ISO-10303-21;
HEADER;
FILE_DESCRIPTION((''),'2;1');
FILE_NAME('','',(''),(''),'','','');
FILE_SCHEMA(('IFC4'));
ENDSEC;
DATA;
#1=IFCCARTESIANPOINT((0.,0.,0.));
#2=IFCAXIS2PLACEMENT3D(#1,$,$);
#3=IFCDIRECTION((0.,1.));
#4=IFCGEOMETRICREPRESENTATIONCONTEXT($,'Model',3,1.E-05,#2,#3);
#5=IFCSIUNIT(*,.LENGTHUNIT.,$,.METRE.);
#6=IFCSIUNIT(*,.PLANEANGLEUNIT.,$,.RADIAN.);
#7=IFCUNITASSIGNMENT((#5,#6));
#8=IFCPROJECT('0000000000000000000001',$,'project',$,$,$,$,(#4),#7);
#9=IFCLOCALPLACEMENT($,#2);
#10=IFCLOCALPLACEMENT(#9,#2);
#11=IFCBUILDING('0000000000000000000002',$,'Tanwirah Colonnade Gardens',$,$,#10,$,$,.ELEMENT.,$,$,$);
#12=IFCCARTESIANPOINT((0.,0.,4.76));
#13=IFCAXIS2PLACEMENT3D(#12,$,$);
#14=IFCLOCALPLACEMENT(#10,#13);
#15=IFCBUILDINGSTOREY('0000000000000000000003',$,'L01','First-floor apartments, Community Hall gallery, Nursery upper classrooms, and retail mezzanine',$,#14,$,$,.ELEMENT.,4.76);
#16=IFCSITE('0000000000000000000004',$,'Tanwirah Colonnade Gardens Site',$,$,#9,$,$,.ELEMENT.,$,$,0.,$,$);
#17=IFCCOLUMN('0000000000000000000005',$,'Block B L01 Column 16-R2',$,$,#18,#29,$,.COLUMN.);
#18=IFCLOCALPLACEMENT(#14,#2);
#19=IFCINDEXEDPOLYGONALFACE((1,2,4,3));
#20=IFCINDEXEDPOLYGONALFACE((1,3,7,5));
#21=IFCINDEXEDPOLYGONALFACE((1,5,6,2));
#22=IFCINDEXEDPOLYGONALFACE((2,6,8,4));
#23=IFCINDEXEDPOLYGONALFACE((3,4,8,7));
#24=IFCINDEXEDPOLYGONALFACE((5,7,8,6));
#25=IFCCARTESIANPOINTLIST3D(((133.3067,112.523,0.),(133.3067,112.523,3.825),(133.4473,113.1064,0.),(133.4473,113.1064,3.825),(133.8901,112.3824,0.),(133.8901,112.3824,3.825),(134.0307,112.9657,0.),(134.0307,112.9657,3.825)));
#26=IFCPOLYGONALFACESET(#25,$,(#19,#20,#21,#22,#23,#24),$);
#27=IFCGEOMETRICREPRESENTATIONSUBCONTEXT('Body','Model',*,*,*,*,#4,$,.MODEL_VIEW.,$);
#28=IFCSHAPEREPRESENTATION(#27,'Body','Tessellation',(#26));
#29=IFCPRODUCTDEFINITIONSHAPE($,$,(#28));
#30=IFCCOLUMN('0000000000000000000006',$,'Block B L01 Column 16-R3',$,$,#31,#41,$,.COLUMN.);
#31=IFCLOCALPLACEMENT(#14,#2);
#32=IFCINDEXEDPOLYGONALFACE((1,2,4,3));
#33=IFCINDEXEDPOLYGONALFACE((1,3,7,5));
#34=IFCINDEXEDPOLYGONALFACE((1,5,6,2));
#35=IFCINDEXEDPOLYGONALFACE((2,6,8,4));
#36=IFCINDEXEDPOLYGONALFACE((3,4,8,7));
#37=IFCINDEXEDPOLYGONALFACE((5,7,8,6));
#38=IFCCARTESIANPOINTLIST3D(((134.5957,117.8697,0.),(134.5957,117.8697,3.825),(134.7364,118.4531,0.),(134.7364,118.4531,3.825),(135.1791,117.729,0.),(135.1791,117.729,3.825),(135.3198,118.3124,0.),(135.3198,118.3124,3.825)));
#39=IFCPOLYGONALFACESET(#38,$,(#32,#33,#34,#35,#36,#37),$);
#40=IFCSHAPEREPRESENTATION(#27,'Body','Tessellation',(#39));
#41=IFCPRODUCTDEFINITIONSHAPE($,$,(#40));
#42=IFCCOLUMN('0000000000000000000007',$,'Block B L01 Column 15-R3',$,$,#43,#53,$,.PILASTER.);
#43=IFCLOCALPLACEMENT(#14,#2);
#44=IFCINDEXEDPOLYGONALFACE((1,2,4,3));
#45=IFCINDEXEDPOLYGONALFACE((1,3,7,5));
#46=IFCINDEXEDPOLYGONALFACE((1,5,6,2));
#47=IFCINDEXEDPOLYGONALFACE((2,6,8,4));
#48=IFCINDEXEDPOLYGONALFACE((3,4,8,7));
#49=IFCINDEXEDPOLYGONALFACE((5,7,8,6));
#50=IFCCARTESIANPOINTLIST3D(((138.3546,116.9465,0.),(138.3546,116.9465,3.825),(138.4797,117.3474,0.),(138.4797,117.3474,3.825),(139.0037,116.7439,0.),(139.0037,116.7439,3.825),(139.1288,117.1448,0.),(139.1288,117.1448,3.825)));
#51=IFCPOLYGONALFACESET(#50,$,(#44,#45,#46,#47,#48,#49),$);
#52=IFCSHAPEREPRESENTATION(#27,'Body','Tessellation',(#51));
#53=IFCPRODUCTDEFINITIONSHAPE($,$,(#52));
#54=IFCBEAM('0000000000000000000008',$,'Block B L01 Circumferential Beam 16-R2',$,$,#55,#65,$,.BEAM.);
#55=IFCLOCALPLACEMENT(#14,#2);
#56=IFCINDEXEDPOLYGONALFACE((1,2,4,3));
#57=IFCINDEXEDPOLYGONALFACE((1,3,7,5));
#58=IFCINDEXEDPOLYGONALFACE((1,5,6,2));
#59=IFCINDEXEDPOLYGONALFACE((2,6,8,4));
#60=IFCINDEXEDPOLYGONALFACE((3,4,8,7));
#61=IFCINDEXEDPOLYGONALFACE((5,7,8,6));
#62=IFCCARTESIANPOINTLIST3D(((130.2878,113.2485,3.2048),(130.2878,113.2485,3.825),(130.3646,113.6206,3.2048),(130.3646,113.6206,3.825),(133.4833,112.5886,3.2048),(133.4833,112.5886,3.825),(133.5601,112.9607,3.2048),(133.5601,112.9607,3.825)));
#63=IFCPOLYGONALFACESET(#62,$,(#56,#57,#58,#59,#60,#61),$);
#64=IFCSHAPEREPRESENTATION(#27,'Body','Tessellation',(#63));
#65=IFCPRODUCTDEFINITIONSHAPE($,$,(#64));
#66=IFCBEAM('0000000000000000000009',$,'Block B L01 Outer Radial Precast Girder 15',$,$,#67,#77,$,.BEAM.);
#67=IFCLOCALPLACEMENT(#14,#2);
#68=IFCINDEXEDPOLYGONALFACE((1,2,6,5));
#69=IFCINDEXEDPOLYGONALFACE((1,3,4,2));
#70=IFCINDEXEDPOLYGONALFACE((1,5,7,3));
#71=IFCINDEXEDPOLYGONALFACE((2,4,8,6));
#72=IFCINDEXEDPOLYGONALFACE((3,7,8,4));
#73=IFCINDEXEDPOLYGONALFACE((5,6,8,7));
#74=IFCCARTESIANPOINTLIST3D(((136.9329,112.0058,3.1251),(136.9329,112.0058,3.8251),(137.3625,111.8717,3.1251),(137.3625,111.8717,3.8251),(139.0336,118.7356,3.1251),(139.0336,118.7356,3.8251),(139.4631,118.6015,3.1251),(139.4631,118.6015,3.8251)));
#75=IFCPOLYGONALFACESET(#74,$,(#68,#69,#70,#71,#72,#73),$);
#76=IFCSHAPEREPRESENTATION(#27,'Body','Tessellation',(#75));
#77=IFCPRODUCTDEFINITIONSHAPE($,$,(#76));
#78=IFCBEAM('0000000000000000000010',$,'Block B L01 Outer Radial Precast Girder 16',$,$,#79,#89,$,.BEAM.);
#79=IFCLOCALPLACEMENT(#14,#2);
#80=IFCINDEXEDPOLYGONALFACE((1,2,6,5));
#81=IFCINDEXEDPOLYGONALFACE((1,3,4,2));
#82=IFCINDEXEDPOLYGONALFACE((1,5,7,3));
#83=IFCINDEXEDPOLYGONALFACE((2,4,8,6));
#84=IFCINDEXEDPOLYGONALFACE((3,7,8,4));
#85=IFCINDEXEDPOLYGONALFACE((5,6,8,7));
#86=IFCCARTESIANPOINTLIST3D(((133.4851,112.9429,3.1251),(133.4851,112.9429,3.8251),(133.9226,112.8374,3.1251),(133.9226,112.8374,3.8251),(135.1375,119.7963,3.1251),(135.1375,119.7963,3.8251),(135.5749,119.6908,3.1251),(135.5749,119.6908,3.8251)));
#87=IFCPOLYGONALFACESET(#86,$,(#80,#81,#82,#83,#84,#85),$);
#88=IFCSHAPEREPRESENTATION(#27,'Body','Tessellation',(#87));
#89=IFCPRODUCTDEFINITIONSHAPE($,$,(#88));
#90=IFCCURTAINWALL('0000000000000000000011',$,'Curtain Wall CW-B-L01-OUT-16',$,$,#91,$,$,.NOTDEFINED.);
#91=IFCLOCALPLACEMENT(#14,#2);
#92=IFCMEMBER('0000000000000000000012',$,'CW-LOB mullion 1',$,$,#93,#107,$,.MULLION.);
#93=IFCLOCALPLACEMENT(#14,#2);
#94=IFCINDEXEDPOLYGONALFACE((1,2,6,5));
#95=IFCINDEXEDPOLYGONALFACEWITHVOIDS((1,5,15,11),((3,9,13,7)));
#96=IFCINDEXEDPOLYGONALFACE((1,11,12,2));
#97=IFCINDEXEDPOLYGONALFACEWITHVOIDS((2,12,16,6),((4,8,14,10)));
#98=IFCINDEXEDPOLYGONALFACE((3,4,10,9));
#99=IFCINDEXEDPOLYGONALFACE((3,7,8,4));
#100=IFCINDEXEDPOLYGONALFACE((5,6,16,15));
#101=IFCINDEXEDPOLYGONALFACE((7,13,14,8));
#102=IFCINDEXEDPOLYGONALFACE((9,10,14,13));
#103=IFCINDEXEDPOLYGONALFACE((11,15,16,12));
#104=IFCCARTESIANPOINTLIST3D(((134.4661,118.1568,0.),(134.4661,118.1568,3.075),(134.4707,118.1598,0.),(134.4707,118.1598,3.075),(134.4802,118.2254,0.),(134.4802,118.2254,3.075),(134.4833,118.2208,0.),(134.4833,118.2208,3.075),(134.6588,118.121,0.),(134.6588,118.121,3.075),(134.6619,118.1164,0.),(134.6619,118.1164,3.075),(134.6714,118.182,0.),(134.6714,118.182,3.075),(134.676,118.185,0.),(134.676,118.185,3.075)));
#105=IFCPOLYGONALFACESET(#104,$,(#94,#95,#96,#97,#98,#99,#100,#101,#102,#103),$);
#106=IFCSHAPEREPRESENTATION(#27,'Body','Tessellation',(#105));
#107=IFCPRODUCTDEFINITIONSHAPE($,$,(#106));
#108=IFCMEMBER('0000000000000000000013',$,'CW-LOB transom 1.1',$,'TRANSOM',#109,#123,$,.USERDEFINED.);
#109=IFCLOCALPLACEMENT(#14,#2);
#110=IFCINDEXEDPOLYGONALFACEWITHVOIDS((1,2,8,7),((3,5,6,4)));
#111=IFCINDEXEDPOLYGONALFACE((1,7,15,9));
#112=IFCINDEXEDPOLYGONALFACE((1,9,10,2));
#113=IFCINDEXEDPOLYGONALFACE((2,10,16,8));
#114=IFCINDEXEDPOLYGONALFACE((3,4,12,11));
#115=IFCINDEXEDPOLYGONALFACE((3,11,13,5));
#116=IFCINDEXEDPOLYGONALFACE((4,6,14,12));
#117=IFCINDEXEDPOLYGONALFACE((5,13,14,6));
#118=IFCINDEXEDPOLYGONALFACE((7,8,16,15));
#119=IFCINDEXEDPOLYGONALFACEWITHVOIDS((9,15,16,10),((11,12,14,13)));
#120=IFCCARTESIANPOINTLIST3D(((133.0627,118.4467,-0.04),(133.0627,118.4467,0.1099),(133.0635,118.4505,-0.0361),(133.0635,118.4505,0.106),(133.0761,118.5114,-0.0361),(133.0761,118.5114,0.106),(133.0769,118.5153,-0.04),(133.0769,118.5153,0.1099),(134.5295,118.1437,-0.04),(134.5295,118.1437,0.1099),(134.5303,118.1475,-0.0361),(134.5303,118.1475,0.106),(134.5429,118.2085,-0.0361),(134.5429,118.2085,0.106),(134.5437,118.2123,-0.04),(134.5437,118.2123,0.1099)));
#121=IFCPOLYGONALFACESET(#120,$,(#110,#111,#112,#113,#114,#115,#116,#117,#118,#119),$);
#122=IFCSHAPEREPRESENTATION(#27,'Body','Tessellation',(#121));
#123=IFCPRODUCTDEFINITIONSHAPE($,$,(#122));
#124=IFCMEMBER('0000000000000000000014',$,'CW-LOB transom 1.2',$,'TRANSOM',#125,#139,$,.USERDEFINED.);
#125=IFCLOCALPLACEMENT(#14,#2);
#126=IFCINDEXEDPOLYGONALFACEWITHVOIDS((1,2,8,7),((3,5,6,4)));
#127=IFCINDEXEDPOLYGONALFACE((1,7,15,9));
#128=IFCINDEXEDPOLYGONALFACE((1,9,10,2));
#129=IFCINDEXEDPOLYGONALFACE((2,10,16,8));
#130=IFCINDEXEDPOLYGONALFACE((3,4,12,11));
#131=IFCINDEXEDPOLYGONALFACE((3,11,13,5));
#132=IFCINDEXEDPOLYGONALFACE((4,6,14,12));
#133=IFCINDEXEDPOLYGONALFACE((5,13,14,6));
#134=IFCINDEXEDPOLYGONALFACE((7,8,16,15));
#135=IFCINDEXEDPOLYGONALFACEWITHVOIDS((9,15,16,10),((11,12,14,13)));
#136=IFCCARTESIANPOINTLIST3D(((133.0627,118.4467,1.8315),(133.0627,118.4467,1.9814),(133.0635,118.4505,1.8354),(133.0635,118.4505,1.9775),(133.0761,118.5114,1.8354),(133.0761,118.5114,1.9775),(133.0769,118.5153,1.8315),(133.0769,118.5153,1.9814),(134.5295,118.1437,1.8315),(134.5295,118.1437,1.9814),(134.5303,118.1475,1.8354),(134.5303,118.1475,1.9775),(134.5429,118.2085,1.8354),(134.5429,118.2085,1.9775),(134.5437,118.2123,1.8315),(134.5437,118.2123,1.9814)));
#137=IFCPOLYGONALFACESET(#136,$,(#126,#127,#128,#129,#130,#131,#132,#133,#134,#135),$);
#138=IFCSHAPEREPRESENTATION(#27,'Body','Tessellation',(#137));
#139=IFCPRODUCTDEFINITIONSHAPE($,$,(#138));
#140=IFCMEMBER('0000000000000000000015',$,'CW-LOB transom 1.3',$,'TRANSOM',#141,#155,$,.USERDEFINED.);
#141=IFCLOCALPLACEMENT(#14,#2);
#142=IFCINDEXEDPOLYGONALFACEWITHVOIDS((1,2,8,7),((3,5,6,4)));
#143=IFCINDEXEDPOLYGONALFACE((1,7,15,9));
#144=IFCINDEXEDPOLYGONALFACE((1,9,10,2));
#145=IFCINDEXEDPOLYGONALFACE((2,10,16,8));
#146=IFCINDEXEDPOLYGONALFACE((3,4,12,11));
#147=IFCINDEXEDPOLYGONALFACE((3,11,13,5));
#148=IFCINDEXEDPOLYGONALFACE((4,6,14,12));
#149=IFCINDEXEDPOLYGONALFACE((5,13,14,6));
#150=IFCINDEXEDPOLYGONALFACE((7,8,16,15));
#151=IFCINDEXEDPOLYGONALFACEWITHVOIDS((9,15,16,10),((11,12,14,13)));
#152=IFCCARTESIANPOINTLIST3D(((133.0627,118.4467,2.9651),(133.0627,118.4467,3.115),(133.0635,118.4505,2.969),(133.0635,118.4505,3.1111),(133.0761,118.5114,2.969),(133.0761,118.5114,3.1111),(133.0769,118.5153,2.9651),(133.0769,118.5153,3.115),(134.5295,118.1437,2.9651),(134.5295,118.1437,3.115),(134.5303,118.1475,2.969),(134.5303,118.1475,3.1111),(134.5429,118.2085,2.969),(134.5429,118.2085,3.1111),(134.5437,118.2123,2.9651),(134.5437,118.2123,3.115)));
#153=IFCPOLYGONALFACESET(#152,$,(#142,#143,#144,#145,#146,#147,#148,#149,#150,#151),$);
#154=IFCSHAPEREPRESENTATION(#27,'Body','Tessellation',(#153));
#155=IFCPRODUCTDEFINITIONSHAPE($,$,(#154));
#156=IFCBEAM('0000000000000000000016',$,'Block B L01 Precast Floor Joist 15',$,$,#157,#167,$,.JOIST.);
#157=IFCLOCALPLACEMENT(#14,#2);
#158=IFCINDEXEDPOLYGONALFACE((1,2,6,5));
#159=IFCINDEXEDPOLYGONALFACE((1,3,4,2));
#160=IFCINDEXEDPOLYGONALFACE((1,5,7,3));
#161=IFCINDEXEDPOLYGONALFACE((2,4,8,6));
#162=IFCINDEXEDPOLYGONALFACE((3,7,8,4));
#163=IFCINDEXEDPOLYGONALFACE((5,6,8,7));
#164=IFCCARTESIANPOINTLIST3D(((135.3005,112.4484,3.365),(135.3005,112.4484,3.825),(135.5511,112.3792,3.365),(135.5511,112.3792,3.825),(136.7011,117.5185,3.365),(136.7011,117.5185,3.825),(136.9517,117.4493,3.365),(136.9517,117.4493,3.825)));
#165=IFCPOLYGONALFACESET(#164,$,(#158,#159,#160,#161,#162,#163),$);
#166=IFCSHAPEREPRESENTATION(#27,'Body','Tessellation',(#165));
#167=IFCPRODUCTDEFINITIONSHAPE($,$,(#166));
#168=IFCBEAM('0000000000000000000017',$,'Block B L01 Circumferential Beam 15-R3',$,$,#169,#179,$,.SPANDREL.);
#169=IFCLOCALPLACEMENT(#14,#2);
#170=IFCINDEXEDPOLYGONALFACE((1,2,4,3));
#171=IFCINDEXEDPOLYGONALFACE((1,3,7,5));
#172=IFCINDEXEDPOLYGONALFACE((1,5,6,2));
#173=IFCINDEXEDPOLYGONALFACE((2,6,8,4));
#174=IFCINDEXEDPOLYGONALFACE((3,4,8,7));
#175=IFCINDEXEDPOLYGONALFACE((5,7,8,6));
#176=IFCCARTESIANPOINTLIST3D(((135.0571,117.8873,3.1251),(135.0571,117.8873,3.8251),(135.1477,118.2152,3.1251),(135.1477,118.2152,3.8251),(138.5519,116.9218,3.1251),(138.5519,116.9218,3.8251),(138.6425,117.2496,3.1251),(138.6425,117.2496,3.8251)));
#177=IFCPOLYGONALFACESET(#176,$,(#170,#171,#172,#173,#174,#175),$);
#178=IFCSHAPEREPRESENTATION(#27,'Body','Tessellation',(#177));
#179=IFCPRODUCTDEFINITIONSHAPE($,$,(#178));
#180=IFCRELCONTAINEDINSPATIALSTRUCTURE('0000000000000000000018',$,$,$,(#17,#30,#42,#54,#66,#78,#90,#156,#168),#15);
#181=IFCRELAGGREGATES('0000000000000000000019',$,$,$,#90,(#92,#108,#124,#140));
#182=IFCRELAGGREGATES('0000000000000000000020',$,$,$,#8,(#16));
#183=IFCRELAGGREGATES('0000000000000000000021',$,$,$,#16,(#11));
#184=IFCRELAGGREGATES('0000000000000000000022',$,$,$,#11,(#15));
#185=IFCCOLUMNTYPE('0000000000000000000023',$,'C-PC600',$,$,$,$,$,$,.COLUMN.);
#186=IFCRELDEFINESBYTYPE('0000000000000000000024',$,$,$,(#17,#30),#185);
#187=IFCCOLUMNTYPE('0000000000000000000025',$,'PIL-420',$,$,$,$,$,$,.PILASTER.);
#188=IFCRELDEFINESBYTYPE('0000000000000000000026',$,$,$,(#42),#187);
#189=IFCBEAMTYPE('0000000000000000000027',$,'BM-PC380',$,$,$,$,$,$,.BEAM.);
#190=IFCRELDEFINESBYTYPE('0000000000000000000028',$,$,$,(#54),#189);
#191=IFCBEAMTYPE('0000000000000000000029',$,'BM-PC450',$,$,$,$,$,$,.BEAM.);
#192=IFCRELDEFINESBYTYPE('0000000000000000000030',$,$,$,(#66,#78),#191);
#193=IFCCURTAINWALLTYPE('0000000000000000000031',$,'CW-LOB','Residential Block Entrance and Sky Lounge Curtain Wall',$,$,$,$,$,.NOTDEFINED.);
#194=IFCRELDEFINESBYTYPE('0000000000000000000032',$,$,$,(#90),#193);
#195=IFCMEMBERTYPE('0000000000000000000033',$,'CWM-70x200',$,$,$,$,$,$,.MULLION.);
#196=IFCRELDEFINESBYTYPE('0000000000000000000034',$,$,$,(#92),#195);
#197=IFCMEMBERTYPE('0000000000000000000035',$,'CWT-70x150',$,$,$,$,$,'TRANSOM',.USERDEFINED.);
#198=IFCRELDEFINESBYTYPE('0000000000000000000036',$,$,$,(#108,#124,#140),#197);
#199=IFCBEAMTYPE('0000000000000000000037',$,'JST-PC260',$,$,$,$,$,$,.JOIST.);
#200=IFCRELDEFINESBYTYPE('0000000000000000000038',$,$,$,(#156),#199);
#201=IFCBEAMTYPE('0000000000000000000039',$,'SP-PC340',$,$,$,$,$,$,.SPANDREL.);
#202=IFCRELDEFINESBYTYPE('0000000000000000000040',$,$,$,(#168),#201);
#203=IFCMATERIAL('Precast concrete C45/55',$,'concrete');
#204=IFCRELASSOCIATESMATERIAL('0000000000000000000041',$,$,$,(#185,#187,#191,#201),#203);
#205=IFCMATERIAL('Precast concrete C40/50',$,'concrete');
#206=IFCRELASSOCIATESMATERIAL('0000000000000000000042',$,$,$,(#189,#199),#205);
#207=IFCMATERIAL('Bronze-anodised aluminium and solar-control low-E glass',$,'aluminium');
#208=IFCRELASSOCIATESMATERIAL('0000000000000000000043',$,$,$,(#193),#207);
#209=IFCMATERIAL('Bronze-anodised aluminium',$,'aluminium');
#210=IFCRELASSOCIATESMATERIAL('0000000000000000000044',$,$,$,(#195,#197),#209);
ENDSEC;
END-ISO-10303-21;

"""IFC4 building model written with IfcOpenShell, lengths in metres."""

from ifc_helpers import new_model, si_unit, direction, frame, origin, origin_2d, place, context, subcontext, project, spatial, rectangle, hollow_rectangle, extrude, material, material_profile, profile_set, type_object, element, aggregate, save


model = new_model("IFC4")

# Units and contexts
model_context = context("Model", 3, precision=1e-05, world=origin(), true_north=direction((0.0, 1.0)))
body_context = subcontext(model_context, "Body", "Model", "MODEL_VIEW")
ifc_project = project(units=[si_unit("LENGTHUNIT", "METRE"), si_unit("PLANEANGLEUNIT", "RADIAN")], contexts=[model_context])

# Site, building, storey
site_placement = place(None, origin())
site = spatial("IfcSite", under=ifc_project, at=site_placement, Name="Tanwirah Colonnade Gardens Site", CompositionType="ELEMENT", RefElevation=0.0)
building_placement = place(site_placement, origin())
building = spatial("IfcBuilding", under=site, at=building_placement, Name="Tanwirah Colonnade Gardens", CompositionType="ELEMENT")
storey_placement = place(building_placement, frame((0.0, 0.0, 4.76)))
storey = spatial("IfcBuildingStorey", under=building, at=storey_placement, Name="L01", Description="First-floor apartments, Community Hall gallery, Nursery upper classrooms, and retail mezzanine", CompositionType="ELEMENT", Elevation=4.76)

# Columns
ifc_material_1 = material(Name="Precast concrete C45/55", Category="concrete")
ifc_material_profile_1 = material_profile(ifc_material_1, rectangle(XDim=0.6001, YDim=0.6001, at=origin_2d()), Name="PC-COL 600x600")
ifc_profile_set_1 = profile_set([ifc_material_profile_1], Name="Precast concrete C45/55")
column_type_1 = type_object("IfcColumnType", Name="C-PC600", PredefinedType="COLUMN", material=ifc_profile_set_1)
for number, where, z_axis, x_axis, name in (
    (1, (133.6687, 112.7444, 0.0), (0.0, 0.0, 1.0), (0.234388, 0.972143, 0.0), "Block B L01 Column 16-R2"),
    (2, (134.9578, 118.0911, 0.0), (0.0, 0.0, 1.0), (0.234388, 0.972143, 0.0), "Block B L01 Column 16-R3"),
):
    element("IfcColumn", number, at=place(storey_placement, frame(where, z_axis=z_axis, x_axis=x_axis)), inside=storey, type_object=column_type_1, Name=name, PredefinedType="COLUMN", context=body_context, shape_type="SweptSolid", body=[
        extrude(rectangle(XDim=0.6001, YDim=0.6001, at=origin_2d()), origin(), (0.0, 0.0, 1.0), 3.825),
    ])
ifc_material_profile_2 = material_profile(ifc_material_1, rectangle(XDim=0.4199, YDim=0.6799, at=origin_2d()), Name="PC-PIL 420x680")
ifc_profile_set_2 = profile_set([ifc_material_profile_2], Name="Precast concrete C45/55")
column_type_2 = type_object("IfcColumnType", Name="PIL-420", PredefinedType="PILASTER", material=ifc_profile_set_2)
column_placement = place(storey_placement, frame((138.7417, 117.0457, 0.0), z_axis=(0.0, 0.0, 1.0), x_axis=(0.29793, 0.954588, 0.0)))
element("IfcColumn", 3, at=column_placement, inside=storey, type_object=column_type_2, Name="Block B L01 Column 15-R3", PredefinedType="PILASTER", context=body_context, shape_type="SweptSolid", body=[
    extrude(rectangle(XDim=0.4199, YDim=0.6799, at=origin_2d()), origin(), (0.0, 0.0, 1.0), 3.825),
])

# Beams
ifc_material_2 = material(Name="Precast concrete C40/50", Category="concrete")
ifc_material_profile_3 = material_profile(ifc_material_2, rectangle(XDim=0.3799, YDim=0.6201, at=origin_2d()), Name="PC-BM 380x620")
ifc_profile_set_3 = profile_set([ifc_material_profile_3], Name="Precast concrete C40/50")
beam_type_1 = type_object("IfcBeamType", Name="BM-PC380", PredefinedType="BEAM", material=ifc_profile_set_3)
beam_1_placement = place(storey_placement, frame((133.5217, 112.7747, 3.5149), z_axis=(-0.979336, 0.202242, 0.0), x_axis=(-0.202242, -0.979336, 0.0)))
element("IfcBeam", 4, at=beam_1_placement, inside=storey, type_object=beam_type_1, Name="Block B L01 Circumferential Beam 16-R2", PredefinedType="BEAM", context=body_context, shape_type="SweptSolid", body=[
    extrude(rectangle(XDim=0.3799, YDim=0.6201, at=origin_2d()), origin(), (0.0, 0.0, 1.0), 3.2629),
])
ifc_material_profile_4 = material_profile(ifc_material_1, rectangle(XDim=0.45, YDim=0.7, at=origin_2d()), Name="PC-BM 450x700")
ifc_profile_set_4 = profile_set([ifc_material_profile_4], Name="Precast concrete C45/55")
beam_type_2 = type_object("IfcBeamType", Name="BM-PC450", PredefinedType="BEAM", material=ifc_profile_set_4)
beam_2_placement = place(storey_placement, frame((137.1477, 111.9387, 3.4751), z_axis=(0.297958, 0.954579, 0.0), x_axis=(-0.954579, 0.297958, 0.0)))
element("IfcBeam", 5, at=beam_2_placement, inside=storey, type_object=beam_type_2, Name="Block B L01 Outer Radial Precast Girder 15", PredefinedType="BEAM", context=body_context, shape_type="SweptSolid", body=[
    extrude(rectangle(XDim=0.45, YDim=0.7, at=origin_2d()), origin(), (0.0, 0.0, 1.0), 7.05),
])
beam_3_placement = place(storey_placement, frame((133.7039, 112.8901, 3.4751), z_axis=(0.234379, 0.972145, 0.0), x_axis=(-0.972145, 0.234379, 0.0)))
element("IfcBeam", 6, at=beam_3_placement, inside=storey, type_object=beam_type_2, Name="Block B L01 Outer Radial Precast Girder 16", PredefinedType="BEAM", context=body_context, shape_type="SweptSolid", body=[
    extrude(rectangle(XDim=0.45, YDim=0.7, at=origin_2d()), origin(), (0.0, 0.0, 1.0), 7.0498),
])

# Curtain wall, members
ifc_material_3 = material(Name="Bronze-anodised aluminium and solar-control low-E glass", Category="aluminium")
curtain_wall_type = type_object("IfcCurtainWallType", Name="CW-LOB", Description="Residential Block Entrance and Sky Lounge Curtain Wall", PredefinedType="NOTDEFINED", material=ifc_material_3)
curtain_wall_placement = place(storey_placement, origin())
curtain_wall = element("IfcCurtainWall", 7, at=curtain_wall_placement, inside=storey, type_object=curtain_wall_type, Name="Curtain Wall CW-B-L01-OUT-16", PredefinedType="NOTDEFINED")
ifc_material_4 = material(Name="Bronze-anodised aluminium", Category="aluminium")
ifc_material_profile_5 = material_profile(ifc_material_4, hollow_rectangle(XDim=0.0701, YDim=0.2, WallThickness=0.0039, at=origin_2d()), Name="CW-MUL 70x200x4")
ifc_profile_set_5 = profile_set([ifc_material_profile_5], Name="Bronze-anodised aluminium")
member_type_1 = type_object("IfcMemberType", Name="CWM-70x200", PredefinedType="MULLION", material=ifc_profile_set_5)
member_1_placement = place(storey_placement, frame((134.571, 118.1709, 0.0), z_axis=(0.0, 0.0, 1.0), x_axis=(-0.202218, -0.979341, 0.0)))
member_1 = element("IfcMember", 8, at=member_1_placement, type_object=member_type_1, Name="CW-LOB mullion 1", PredefinedType="MULLION", context=body_context, shape_type="SweptSolid", body=[
    extrude(hollow_rectangle(XDim=0.0701, YDim=0.2, WallThickness=0.0039, at=origin_2d()), origin(), (0.0, 0.0, 1.0), 3.075),
])
ifc_material_profile_6 = material_profile(ifc_material_4, hollow_rectangle(XDim=0.0701, YDim=0.1499, WallThickness=0.0039, at=origin_2d()), Name="CW-TRN 70x150x4")
ifc_profile_set_6 = profile_set([ifc_material_profile_6], Name="Bronze-anodised aluminium")
member_type_2 = type_object("IfcMemberType", Name="CWT-70x150", ElementType="TRANSOM", PredefinedType="USERDEFINED", material=ifc_profile_set_6)
member_2_placement = place(storey_placement, frame((134.5366, 118.178, 0.0349), z_axis=(-0.979326, 0.202288, 0.0), x_axis=(-0.202288, -0.979326, 0.0)))
member_2 = element("IfcMember", 9, at=member_2_placement, type_object=member_type_2, Name="CW-LOB transom 1.1", ObjectType="TRANSOM", PredefinedType="USERDEFINED", context=body_context, shape_type="SweptSolid", body=[
    extrude(hollow_rectangle(XDim=0.0701, YDim=0.1499, WallThickness=0.0039, at=origin_2d()), origin(), (0.0, 0.0, 1.0), 1.4978),
])
member_3_placement = place(storey_placement, frame((134.5366, 118.178, 1.9065), z_axis=(-0.979326, 0.202288, 0.0), x_axis=(-0.202288, -0.979326, 0.0)))
member_3 = element("IfcMember", 10, at=member_3_placement, type_object=member_type_2, Name="CW-LOB transom 1.2", ObjectType="TRANSOM", PredefinedType="USERDEFINED", context=body_context, shape_type="SweptSolid", body=[
    extrude(hollow_rectangle(XDim=0.0701, YDim=0.1499, WallThickness=0.0039, at=origin_2d()), origin(), (0.0, 0.0, 1.0), 1.4978),
])
member_4_placement = place(storey_placement, frame((134.5366, 118.178, 3.04), z_axis=(-0.979326, 0.202288, 0.0), x_axis=(-0.202288, -0.979326, 0.0)))
member_4 = element("IfcMember", 11, at=member_4_placement, type_object=member_type_2, Name="CW-LOB transom 1.3", ObjectType="TRANSOM", PredefinedType="USERDEFINED", context=body_context, shape_type="SweptSolid", body=[
    extrude(hollow_rectangle(XDim=0.0701, YDim=0.1499, WallThickness=0.0039, at=origin_2d()), origin(), (0.0, 0.0, 1.0), 1.4978),
])

# Beams
ifc_material_profile_7 = material_profile(ifc_material_2, rectangle(XDim=0.26, YDim=0.46, at=origin_2d()), Name="PC-JST 260x460")
ifc_profile_set_7 = profile_set([ifc_material_profile_7], Name="Precast concrete C40/50")
beam_type_3 = type_object("IfcBeamType", Name="JST-PC260", PredefinedType="JOIST", material=ifc_profile_set_7)
beam_4_placement = place(storey_placement, frame((135.4258, 112.4138, 3.595), z_axis=(0.266281, 0.963895, 0.0), x_axis=(-0.963895, 0.266281, 0.0)))
element("IfcBeam", 12, at=beam_4_placement, inside=storey, type_object=beam_type_3, Name="Block B L01 Precast Floor Joist 15", PredefinedType="JOIST", context=body_context, shape_type="SweptSolid", body=[
    extrude(rectangle(XDim=0.26, YDim=0.46, at=origin_2d()), origin(), (0.0, 0.0, 1.0), 5.26),
])
ifc_material_profile_8 = material_profile(ifc_material_1, rectangle(XDim=0.3401, YDim=0.7, at=origin_2d()), Name="PC-SP 340x700")
ifc_profile_set_8 = profile_set([ifc_material_profile_8], Name="Precast concrete C45/55")
beam_type_4 = type_object("IfcBeamType", Name="SP-PC340", PredefinedType="SPANDREL", material=ifc_profile_set_8)
for number, where, z_axis, x_axis, name in (
    (13, (138.5972, 117.0857, 3.4751), (-0.963888, 0.266307, 0.0), (-0.266307, -0.963888, 0.0), "Block B L01 Circumferential Beam 15-R3"),
):
    element("IfcBeam", number, at=place(storey_placement, frame(where, z_axis=z_axis, x_axis=x_axis)), inside=storey, type_object=beam_type_4, Name=name, PredefinedType="SPANDREL", context=body_context, shape_type="SweptSolid", body=[
        extrude(rectangle(XDim=0.3401, YDim=0.7, at=origin_2d()), origin(), (0.0, 0.0, 1.0), 3.6257),
    ])

aggregate(curtain_wall, [member_1, member_2, member_3, member_4])

save(model, "model.ifc")
